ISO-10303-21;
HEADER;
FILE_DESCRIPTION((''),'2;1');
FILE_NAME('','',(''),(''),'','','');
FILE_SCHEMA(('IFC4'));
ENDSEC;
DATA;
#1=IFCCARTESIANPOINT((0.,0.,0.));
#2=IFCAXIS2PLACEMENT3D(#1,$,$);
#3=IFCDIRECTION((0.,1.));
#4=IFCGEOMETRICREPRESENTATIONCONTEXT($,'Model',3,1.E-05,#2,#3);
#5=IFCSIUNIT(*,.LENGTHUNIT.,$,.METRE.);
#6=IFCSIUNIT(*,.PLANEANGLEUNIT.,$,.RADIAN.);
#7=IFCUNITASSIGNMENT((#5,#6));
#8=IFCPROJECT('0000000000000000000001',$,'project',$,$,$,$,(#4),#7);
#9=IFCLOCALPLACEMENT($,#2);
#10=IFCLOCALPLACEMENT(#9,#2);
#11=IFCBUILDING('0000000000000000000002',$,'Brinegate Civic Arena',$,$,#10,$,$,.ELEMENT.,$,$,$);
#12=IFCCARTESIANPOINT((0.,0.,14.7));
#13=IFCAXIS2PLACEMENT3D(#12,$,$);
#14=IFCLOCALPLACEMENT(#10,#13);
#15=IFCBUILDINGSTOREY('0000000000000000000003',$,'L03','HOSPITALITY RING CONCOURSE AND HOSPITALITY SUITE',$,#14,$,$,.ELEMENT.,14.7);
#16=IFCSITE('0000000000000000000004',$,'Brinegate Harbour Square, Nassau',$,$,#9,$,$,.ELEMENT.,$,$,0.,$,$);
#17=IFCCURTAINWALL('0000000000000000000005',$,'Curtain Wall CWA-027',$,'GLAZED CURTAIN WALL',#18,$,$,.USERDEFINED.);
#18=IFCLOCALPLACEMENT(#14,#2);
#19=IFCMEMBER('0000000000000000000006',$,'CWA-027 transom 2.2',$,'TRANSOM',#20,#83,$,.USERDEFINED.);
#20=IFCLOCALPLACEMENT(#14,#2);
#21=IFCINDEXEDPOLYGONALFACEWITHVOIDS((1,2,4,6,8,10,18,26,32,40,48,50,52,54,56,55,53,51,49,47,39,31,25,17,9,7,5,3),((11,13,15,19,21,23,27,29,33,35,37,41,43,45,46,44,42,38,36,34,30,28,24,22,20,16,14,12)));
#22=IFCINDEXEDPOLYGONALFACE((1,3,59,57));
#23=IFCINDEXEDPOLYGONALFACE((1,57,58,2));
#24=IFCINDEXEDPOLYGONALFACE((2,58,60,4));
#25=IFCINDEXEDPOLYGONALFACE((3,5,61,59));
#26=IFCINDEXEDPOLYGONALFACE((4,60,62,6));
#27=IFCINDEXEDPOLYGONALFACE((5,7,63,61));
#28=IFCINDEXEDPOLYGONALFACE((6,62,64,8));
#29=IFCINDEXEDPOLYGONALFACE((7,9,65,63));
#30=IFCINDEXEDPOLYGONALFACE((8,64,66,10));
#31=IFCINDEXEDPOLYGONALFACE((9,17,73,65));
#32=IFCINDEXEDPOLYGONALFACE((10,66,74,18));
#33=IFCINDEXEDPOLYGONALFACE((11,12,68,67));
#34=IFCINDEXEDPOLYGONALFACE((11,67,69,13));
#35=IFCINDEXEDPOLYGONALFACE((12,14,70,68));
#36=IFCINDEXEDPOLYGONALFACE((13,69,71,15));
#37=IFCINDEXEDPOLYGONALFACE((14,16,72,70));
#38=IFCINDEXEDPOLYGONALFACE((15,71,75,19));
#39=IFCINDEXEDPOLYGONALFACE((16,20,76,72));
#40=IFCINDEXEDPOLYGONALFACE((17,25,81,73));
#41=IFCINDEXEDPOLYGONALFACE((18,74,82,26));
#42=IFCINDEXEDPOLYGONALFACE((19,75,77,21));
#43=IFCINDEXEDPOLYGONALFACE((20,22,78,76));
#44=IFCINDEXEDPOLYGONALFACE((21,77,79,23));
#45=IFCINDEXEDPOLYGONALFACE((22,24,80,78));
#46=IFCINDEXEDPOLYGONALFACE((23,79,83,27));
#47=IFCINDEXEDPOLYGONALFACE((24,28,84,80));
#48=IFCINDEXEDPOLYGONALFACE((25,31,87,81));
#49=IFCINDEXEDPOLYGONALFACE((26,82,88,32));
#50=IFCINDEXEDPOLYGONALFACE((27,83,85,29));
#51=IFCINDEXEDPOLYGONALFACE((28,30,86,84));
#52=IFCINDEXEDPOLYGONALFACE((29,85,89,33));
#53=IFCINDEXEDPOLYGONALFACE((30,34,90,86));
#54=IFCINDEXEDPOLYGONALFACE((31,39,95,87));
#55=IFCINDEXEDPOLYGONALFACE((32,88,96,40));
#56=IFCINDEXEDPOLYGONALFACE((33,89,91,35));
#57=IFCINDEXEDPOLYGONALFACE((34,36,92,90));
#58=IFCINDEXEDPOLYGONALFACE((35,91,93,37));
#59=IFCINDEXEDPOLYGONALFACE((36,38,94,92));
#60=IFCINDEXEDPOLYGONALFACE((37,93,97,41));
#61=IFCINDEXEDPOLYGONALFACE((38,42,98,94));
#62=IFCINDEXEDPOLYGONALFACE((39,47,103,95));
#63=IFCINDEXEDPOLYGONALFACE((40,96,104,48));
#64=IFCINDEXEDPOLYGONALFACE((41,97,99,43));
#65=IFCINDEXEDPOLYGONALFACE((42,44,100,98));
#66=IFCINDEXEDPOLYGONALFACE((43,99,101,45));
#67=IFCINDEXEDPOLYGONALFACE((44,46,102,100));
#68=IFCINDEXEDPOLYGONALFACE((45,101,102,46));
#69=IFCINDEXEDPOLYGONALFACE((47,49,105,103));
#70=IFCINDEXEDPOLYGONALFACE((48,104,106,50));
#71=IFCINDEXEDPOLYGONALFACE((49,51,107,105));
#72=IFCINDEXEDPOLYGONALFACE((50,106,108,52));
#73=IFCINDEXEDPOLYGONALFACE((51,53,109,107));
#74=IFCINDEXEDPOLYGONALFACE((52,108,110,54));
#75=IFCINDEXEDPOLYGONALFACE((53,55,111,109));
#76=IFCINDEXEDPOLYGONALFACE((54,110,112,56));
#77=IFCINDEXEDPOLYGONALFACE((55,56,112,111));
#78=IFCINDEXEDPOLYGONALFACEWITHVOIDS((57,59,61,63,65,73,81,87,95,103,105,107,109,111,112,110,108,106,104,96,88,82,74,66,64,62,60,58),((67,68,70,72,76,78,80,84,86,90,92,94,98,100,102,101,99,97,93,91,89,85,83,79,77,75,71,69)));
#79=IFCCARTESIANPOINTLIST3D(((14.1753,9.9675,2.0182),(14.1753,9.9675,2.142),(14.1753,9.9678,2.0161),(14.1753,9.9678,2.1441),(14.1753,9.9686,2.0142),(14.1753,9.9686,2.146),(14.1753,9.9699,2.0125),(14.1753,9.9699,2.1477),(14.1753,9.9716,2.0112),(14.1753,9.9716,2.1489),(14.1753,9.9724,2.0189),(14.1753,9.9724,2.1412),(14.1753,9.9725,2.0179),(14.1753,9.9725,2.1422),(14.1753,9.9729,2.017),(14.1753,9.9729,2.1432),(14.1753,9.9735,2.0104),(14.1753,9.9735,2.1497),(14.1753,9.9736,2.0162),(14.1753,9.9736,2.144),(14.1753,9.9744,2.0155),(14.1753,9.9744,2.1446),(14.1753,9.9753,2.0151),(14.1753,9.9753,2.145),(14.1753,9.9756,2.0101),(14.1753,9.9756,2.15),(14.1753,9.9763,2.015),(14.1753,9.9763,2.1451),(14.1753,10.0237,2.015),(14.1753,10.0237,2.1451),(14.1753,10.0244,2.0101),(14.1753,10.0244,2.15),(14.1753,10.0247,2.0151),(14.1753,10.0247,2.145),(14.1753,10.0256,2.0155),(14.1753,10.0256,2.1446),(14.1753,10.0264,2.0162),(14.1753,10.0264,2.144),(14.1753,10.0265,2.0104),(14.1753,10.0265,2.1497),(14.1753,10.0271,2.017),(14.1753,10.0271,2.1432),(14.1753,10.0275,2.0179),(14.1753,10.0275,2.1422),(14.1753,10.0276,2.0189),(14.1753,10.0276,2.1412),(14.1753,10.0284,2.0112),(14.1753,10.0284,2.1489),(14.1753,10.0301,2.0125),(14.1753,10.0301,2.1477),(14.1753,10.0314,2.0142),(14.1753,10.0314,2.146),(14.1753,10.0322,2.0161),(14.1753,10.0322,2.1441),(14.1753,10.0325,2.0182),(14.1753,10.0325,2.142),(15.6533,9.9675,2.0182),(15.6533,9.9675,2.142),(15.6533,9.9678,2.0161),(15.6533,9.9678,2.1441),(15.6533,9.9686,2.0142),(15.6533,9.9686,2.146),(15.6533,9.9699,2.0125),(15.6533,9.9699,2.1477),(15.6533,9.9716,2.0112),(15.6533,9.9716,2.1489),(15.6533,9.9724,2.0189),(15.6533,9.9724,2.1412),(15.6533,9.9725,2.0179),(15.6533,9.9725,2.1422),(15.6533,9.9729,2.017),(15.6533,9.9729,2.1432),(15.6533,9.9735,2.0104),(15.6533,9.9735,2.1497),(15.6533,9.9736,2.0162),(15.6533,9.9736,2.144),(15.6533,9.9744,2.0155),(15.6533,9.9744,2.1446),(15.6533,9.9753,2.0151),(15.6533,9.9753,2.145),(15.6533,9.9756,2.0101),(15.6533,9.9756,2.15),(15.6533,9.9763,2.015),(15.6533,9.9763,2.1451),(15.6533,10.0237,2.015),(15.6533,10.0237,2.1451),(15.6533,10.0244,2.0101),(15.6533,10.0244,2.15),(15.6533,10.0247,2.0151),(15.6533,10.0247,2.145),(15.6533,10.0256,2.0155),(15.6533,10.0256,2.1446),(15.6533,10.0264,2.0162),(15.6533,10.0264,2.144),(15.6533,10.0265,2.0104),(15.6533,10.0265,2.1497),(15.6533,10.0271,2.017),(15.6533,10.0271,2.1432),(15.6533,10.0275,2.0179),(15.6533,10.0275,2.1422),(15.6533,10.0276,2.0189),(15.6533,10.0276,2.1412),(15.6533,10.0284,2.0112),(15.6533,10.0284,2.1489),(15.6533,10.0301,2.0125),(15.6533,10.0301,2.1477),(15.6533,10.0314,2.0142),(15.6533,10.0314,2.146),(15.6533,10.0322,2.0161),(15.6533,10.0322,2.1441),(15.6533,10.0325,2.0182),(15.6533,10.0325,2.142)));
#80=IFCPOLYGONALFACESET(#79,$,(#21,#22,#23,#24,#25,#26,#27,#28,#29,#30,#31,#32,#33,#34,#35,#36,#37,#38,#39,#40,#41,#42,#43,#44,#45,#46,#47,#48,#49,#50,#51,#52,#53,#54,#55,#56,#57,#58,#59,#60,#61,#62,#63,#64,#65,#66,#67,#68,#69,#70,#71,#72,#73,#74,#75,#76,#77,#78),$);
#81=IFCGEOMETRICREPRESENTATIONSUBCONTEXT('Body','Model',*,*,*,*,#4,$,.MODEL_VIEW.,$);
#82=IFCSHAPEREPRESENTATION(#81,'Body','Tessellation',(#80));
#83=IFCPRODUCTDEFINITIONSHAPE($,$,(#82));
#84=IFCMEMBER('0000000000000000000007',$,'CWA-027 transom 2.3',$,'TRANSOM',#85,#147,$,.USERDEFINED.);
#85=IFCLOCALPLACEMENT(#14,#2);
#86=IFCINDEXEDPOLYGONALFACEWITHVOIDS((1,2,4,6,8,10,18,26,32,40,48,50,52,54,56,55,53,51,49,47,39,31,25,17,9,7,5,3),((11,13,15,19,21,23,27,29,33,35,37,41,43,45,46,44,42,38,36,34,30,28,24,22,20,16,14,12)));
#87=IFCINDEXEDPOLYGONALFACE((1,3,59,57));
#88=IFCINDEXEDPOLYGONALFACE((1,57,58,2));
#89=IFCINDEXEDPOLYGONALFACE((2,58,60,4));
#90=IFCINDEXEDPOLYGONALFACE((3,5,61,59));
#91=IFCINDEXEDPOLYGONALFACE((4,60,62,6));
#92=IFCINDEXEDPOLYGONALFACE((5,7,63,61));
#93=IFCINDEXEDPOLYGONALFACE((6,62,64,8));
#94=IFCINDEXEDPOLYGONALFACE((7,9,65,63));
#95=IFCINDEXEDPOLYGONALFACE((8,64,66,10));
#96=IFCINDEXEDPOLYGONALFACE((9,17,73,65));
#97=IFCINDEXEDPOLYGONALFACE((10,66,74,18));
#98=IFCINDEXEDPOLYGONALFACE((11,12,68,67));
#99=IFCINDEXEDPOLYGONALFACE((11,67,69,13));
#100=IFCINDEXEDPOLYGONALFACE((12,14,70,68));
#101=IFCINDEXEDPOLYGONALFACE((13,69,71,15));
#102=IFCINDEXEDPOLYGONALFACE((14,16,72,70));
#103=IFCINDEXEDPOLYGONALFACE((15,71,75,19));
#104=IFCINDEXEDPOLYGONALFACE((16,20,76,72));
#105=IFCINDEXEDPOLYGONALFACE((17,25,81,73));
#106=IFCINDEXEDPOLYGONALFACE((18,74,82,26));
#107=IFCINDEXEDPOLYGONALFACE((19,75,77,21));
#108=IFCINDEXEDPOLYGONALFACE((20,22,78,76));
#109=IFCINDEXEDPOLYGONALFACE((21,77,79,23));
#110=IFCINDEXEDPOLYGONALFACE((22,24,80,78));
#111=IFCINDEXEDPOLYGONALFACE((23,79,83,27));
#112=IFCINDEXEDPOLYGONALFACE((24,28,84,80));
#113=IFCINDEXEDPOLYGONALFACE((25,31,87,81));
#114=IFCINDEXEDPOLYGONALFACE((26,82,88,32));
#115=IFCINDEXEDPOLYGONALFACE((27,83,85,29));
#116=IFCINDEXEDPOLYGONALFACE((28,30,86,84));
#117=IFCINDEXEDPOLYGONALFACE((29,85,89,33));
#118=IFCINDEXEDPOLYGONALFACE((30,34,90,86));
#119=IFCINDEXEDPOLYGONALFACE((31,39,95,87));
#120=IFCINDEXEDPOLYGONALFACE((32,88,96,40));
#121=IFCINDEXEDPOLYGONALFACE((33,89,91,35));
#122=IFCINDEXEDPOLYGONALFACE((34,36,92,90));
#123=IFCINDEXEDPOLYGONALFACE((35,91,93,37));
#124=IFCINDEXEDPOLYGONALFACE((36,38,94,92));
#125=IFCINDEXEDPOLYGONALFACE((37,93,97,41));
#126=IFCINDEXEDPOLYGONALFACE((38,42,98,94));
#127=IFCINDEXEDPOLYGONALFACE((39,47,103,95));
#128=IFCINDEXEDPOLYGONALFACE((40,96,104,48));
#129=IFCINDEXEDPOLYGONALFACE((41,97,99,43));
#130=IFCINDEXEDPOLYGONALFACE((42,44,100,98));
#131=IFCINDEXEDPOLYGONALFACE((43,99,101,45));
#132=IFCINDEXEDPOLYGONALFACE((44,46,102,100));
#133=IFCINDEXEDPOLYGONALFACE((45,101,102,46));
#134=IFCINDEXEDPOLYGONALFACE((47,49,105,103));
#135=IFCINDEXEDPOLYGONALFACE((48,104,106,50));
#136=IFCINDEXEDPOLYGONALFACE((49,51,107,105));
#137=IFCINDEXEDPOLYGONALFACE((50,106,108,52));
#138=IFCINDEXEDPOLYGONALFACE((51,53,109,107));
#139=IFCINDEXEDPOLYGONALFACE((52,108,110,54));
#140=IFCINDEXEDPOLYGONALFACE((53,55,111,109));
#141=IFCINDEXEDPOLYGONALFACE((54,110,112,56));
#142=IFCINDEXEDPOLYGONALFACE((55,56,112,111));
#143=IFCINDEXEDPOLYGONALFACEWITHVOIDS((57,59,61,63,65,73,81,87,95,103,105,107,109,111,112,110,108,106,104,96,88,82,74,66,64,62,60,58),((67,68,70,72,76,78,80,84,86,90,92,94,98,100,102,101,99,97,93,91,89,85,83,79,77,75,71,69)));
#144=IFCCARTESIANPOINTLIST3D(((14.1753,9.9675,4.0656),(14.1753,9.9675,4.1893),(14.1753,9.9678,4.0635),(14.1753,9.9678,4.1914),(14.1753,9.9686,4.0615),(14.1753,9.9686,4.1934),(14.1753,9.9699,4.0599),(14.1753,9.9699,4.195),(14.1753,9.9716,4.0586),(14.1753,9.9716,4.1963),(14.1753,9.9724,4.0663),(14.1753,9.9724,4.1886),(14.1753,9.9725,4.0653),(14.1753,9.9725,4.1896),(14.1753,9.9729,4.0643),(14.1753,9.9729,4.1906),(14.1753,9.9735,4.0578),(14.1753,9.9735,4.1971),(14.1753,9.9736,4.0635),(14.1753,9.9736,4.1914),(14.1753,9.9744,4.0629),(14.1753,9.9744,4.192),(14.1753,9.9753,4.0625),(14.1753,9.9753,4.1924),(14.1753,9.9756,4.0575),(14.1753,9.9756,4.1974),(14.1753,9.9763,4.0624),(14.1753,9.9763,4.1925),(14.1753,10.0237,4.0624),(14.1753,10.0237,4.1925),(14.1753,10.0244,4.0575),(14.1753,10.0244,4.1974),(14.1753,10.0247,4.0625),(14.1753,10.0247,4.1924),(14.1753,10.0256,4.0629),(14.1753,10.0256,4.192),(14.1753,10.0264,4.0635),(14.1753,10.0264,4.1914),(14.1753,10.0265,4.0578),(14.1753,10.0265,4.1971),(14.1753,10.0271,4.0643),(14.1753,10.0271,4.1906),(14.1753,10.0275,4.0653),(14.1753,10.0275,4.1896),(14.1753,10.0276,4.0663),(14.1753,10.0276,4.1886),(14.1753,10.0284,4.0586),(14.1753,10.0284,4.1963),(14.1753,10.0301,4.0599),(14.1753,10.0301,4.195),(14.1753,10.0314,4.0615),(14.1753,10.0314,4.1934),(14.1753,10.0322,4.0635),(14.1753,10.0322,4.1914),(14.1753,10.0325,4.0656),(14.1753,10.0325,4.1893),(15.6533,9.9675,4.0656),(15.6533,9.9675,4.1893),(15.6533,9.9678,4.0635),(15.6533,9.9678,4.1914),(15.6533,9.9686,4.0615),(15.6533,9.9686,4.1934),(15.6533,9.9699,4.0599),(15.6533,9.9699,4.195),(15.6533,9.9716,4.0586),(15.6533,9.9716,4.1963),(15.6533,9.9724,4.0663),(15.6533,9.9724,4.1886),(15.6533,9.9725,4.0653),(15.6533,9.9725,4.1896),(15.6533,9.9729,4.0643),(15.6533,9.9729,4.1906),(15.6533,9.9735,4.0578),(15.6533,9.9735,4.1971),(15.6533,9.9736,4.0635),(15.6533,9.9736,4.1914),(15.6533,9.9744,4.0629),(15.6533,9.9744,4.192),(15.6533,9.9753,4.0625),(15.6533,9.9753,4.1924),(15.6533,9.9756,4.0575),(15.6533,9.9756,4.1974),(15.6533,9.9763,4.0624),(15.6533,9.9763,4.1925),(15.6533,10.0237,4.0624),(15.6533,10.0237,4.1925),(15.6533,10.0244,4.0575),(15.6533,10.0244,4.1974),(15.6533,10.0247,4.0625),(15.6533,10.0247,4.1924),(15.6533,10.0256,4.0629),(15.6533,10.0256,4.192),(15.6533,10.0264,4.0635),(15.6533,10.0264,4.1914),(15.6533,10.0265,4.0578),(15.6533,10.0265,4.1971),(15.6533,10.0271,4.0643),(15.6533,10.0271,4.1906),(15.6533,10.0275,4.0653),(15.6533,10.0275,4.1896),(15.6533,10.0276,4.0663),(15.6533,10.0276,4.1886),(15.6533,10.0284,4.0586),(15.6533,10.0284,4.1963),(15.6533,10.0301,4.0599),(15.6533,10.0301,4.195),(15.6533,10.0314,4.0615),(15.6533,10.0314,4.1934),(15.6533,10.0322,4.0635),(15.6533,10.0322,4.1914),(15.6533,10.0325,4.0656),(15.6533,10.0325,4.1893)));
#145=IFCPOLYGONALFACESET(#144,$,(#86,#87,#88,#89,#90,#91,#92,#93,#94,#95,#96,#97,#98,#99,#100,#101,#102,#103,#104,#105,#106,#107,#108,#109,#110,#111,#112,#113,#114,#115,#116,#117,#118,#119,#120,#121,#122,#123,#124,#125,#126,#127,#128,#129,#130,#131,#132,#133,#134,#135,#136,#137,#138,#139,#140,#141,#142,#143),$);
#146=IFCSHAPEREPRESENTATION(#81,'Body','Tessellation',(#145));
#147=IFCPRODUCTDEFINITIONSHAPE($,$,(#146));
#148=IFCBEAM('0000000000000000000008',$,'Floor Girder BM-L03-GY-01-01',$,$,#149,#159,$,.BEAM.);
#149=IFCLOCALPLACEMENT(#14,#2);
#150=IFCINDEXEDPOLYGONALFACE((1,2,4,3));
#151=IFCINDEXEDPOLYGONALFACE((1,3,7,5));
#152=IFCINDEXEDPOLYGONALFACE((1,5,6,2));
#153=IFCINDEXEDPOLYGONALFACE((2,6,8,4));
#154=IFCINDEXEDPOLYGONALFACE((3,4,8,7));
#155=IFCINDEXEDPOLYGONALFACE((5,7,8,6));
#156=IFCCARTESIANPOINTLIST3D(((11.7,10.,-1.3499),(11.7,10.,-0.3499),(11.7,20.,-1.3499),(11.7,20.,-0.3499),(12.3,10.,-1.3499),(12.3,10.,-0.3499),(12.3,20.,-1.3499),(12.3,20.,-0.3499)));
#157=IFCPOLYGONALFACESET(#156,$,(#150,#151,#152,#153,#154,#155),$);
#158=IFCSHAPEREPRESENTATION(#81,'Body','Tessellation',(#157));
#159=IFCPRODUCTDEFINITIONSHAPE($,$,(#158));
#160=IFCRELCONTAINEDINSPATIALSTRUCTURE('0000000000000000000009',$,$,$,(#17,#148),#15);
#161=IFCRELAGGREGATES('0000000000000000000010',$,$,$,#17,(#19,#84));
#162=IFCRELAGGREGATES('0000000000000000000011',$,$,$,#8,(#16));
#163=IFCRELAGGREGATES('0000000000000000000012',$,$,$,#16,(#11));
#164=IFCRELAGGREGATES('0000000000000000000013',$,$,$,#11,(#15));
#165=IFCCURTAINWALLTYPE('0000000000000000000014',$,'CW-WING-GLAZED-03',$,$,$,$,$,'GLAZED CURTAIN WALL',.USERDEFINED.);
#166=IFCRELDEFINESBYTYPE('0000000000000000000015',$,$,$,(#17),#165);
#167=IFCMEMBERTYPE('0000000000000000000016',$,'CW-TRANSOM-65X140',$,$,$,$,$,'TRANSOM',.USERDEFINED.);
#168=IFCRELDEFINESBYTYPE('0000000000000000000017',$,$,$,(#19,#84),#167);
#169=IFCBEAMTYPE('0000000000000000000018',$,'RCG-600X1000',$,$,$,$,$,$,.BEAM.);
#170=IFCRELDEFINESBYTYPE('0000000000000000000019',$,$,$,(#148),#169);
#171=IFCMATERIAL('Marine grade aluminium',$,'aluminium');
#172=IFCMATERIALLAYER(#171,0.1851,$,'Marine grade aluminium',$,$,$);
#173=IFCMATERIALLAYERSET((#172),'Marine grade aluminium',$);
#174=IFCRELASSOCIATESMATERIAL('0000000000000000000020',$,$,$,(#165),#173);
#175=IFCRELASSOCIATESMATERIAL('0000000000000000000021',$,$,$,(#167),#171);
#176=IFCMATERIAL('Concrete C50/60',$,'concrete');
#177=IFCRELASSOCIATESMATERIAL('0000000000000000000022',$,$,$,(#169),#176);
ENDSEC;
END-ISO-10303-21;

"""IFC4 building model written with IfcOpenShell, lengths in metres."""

from ifc_helpers import new_model, si_unit, direction, frame, origin, origin_2d, place, context, subcontext, project, spatial, rectangle, hollow_rectangle, extrude, material, layer, layer_set, material_profile, profile_set, type_object, element, aggregate, save


model = new_model("IFC4")

# Units and contexts
model_context = context("Model", 3, precision=1e-05, world=origin(), true_north=direction((0.0, 1.0)))
body_context = subcontext(model_context, "Body", "Model", "MODEL_VIEW")
ifc_project = project(units=[si_unit("LENGTHUNIT", "METRE"), si_unit("PLANEANGLEUNIT", "RADIAN")], contexts=[model_context])

# Site, building, storey
site_placement = place(None, origin())
site = spatial("IfcSite", under=ifc_project, at=site_placement, Name="Brinegate Harbour Square, Nassau", CompositionType="ELEMENT", RefElevation=0.0)
building_placement = place(site_placement, origin())
building = spatial("IfcBuilding", under=site, at=building_placement, Name="Brinegate Civic Arena", CompositionType="ELEMENT")
storey_placement = place(building_placement, frame((0.0, 0.0, 14.7)))
storey = spatial("IfcBuildingStorey", under=building, at=storey_placement, Name="L03", Description="HOSPITALITY RING CONCOURSE AND HOSPITALITY SUITE", CompositionType="ELEMENT", Elevation=14.7)

# Curtain wall, members
ifc_material_1 = material(Name="Marine grade aluminium", Category="aluminium")
ifc_layer_1 = layer(ifc_material_1, 0.1851, Name="Marine grade aluminium")
ifc_layer_set_1 = layer_set([ifc_layer_1], Name="Marine grade aluminium")
curtain_wall_type = type_object("IfcCurtainWallType", Name="CW-WING-GLAZED-03", ElementType="GLAZED CURTAIN WALL", PredefinedType="USERDEFINED", material=ifc_layer_set_1)
curtain_wall_placement = place(storey_placement, origin())
curtain_wall = element("IfcCurtainWall", 1, at=curtain_wall_placement, inside=storey, type_object=curtain_wall_type, Name="Curtain Wall CWA-027", ObjectType="GLAZED CURTAIN WALL", PredefinedType="USERDEFINED")
ifc_material_profile_1 = material_profile(ifc_material_1, hollow_rectangle(XDim=0.0649, YDim=0.1399, WallThickness=0.0049, InnerFilletRadius=0.0039, OuterFilletRadius=0.0081, at=origin_2d()), Name="TRN65X140")
ifc_profile_set_1 = profile_set([ifc_material_profile_1], Name="Marine grade aluminium")
member_type_1 = type_object("IfcMemberType", Name="CW-TRANSOM-65X140", ElementType="TRANSOM", PredefinedType="USERDEFINED", material=ifc_profile_set_1)
member_1_placement = place(storey_placement, frame((14.1753, 10.0, 2.0801), z_axis=(1.0, 0.0, 0.0), x_axis=(0.0, 1.0, 0.0)))
member_1 = element("IfcMember", 2, at=member_1_placement, type_object=member_type_1, Name="CWA-027 transom 2.2", ObjectType="TRANSOM", PredefinedType="USERDEFINED", context=body_context, shape_type="SweptSolid", body=[
    extrude(hollow_rectangle(XDim=0.0649, YDim=0.1399, WallThickness=0.0049, InnerFilletRadius=0.0039, OuterFilletRadius=0.0081, at=origin_2d()), origin(), (0.0, 0.0, 1.0), 1.478),
])
member_2_placement = place(storey_placement, frame((14.1753, 10.0, 4.1274), z_axis=(1.0, 0.0, 0.0), x_axis=(0.0, 1.0, 0.0)))
member_2 = element("IfcMember", 3, at=member_2_placement, type_object=member_type_1, Name="CWA-027 transom 2.3", ObjectType="TRANSOM", PredefinedType="USERDEFINED", context=body_context, shape_type="SweptSolid", body=[
    extrude(hollow_rectangle(XDim=0.0649, YDim=0.1399, WallThickness=0.0049, InnerFilletRadius=0.0039, OuterFilletRadius=0.0081, at=origin_2d()), origin(), (0.0, 0.0, 1.0), 1.478),
])

# Beam
ifc_material_2 = material(Name="Concrete C50/60", Category="concrete")
ifc_material_profile_2 = material_profile(ifc_material_2, rectangle(XDim=0.6001, YDim=1.0, at=origin_2d()), Name="RCB600X1000")
ifc_profile_set_2 = profile_set([ifc_material_profile_2], Name="Concrete C50/60")
beam_type_1 = type_object("IfcBeamType", Name="RCG-600X1000", PredefinedType="BEAM", material=ifc_profile_set_2)
beam_1_placement = place(storey_placement, frame((12.0, 10.0, -0.8499), z_axis=(0.0, 1.0, 0.0), x_axis=(-1.0, 0.0, 0.0)))
element("IfcBeam", 4, at=beam_1_placement, inside=storey, type_object=beam_type_1, Name="Floor Girder BM-L03-GY-01-01", PredefinedType="BEAM", context=body_context, shape_type="SweptSolid", body=[
    extrude(rectangle(XDim=0.6001, YDim=1.0, at=origin_2d()), origin(), (0.0, 0.0, 1.0), 10.0),
])

aggregate(curtain_wall, [member_1, member_2])

save(model, "model.ifc")
